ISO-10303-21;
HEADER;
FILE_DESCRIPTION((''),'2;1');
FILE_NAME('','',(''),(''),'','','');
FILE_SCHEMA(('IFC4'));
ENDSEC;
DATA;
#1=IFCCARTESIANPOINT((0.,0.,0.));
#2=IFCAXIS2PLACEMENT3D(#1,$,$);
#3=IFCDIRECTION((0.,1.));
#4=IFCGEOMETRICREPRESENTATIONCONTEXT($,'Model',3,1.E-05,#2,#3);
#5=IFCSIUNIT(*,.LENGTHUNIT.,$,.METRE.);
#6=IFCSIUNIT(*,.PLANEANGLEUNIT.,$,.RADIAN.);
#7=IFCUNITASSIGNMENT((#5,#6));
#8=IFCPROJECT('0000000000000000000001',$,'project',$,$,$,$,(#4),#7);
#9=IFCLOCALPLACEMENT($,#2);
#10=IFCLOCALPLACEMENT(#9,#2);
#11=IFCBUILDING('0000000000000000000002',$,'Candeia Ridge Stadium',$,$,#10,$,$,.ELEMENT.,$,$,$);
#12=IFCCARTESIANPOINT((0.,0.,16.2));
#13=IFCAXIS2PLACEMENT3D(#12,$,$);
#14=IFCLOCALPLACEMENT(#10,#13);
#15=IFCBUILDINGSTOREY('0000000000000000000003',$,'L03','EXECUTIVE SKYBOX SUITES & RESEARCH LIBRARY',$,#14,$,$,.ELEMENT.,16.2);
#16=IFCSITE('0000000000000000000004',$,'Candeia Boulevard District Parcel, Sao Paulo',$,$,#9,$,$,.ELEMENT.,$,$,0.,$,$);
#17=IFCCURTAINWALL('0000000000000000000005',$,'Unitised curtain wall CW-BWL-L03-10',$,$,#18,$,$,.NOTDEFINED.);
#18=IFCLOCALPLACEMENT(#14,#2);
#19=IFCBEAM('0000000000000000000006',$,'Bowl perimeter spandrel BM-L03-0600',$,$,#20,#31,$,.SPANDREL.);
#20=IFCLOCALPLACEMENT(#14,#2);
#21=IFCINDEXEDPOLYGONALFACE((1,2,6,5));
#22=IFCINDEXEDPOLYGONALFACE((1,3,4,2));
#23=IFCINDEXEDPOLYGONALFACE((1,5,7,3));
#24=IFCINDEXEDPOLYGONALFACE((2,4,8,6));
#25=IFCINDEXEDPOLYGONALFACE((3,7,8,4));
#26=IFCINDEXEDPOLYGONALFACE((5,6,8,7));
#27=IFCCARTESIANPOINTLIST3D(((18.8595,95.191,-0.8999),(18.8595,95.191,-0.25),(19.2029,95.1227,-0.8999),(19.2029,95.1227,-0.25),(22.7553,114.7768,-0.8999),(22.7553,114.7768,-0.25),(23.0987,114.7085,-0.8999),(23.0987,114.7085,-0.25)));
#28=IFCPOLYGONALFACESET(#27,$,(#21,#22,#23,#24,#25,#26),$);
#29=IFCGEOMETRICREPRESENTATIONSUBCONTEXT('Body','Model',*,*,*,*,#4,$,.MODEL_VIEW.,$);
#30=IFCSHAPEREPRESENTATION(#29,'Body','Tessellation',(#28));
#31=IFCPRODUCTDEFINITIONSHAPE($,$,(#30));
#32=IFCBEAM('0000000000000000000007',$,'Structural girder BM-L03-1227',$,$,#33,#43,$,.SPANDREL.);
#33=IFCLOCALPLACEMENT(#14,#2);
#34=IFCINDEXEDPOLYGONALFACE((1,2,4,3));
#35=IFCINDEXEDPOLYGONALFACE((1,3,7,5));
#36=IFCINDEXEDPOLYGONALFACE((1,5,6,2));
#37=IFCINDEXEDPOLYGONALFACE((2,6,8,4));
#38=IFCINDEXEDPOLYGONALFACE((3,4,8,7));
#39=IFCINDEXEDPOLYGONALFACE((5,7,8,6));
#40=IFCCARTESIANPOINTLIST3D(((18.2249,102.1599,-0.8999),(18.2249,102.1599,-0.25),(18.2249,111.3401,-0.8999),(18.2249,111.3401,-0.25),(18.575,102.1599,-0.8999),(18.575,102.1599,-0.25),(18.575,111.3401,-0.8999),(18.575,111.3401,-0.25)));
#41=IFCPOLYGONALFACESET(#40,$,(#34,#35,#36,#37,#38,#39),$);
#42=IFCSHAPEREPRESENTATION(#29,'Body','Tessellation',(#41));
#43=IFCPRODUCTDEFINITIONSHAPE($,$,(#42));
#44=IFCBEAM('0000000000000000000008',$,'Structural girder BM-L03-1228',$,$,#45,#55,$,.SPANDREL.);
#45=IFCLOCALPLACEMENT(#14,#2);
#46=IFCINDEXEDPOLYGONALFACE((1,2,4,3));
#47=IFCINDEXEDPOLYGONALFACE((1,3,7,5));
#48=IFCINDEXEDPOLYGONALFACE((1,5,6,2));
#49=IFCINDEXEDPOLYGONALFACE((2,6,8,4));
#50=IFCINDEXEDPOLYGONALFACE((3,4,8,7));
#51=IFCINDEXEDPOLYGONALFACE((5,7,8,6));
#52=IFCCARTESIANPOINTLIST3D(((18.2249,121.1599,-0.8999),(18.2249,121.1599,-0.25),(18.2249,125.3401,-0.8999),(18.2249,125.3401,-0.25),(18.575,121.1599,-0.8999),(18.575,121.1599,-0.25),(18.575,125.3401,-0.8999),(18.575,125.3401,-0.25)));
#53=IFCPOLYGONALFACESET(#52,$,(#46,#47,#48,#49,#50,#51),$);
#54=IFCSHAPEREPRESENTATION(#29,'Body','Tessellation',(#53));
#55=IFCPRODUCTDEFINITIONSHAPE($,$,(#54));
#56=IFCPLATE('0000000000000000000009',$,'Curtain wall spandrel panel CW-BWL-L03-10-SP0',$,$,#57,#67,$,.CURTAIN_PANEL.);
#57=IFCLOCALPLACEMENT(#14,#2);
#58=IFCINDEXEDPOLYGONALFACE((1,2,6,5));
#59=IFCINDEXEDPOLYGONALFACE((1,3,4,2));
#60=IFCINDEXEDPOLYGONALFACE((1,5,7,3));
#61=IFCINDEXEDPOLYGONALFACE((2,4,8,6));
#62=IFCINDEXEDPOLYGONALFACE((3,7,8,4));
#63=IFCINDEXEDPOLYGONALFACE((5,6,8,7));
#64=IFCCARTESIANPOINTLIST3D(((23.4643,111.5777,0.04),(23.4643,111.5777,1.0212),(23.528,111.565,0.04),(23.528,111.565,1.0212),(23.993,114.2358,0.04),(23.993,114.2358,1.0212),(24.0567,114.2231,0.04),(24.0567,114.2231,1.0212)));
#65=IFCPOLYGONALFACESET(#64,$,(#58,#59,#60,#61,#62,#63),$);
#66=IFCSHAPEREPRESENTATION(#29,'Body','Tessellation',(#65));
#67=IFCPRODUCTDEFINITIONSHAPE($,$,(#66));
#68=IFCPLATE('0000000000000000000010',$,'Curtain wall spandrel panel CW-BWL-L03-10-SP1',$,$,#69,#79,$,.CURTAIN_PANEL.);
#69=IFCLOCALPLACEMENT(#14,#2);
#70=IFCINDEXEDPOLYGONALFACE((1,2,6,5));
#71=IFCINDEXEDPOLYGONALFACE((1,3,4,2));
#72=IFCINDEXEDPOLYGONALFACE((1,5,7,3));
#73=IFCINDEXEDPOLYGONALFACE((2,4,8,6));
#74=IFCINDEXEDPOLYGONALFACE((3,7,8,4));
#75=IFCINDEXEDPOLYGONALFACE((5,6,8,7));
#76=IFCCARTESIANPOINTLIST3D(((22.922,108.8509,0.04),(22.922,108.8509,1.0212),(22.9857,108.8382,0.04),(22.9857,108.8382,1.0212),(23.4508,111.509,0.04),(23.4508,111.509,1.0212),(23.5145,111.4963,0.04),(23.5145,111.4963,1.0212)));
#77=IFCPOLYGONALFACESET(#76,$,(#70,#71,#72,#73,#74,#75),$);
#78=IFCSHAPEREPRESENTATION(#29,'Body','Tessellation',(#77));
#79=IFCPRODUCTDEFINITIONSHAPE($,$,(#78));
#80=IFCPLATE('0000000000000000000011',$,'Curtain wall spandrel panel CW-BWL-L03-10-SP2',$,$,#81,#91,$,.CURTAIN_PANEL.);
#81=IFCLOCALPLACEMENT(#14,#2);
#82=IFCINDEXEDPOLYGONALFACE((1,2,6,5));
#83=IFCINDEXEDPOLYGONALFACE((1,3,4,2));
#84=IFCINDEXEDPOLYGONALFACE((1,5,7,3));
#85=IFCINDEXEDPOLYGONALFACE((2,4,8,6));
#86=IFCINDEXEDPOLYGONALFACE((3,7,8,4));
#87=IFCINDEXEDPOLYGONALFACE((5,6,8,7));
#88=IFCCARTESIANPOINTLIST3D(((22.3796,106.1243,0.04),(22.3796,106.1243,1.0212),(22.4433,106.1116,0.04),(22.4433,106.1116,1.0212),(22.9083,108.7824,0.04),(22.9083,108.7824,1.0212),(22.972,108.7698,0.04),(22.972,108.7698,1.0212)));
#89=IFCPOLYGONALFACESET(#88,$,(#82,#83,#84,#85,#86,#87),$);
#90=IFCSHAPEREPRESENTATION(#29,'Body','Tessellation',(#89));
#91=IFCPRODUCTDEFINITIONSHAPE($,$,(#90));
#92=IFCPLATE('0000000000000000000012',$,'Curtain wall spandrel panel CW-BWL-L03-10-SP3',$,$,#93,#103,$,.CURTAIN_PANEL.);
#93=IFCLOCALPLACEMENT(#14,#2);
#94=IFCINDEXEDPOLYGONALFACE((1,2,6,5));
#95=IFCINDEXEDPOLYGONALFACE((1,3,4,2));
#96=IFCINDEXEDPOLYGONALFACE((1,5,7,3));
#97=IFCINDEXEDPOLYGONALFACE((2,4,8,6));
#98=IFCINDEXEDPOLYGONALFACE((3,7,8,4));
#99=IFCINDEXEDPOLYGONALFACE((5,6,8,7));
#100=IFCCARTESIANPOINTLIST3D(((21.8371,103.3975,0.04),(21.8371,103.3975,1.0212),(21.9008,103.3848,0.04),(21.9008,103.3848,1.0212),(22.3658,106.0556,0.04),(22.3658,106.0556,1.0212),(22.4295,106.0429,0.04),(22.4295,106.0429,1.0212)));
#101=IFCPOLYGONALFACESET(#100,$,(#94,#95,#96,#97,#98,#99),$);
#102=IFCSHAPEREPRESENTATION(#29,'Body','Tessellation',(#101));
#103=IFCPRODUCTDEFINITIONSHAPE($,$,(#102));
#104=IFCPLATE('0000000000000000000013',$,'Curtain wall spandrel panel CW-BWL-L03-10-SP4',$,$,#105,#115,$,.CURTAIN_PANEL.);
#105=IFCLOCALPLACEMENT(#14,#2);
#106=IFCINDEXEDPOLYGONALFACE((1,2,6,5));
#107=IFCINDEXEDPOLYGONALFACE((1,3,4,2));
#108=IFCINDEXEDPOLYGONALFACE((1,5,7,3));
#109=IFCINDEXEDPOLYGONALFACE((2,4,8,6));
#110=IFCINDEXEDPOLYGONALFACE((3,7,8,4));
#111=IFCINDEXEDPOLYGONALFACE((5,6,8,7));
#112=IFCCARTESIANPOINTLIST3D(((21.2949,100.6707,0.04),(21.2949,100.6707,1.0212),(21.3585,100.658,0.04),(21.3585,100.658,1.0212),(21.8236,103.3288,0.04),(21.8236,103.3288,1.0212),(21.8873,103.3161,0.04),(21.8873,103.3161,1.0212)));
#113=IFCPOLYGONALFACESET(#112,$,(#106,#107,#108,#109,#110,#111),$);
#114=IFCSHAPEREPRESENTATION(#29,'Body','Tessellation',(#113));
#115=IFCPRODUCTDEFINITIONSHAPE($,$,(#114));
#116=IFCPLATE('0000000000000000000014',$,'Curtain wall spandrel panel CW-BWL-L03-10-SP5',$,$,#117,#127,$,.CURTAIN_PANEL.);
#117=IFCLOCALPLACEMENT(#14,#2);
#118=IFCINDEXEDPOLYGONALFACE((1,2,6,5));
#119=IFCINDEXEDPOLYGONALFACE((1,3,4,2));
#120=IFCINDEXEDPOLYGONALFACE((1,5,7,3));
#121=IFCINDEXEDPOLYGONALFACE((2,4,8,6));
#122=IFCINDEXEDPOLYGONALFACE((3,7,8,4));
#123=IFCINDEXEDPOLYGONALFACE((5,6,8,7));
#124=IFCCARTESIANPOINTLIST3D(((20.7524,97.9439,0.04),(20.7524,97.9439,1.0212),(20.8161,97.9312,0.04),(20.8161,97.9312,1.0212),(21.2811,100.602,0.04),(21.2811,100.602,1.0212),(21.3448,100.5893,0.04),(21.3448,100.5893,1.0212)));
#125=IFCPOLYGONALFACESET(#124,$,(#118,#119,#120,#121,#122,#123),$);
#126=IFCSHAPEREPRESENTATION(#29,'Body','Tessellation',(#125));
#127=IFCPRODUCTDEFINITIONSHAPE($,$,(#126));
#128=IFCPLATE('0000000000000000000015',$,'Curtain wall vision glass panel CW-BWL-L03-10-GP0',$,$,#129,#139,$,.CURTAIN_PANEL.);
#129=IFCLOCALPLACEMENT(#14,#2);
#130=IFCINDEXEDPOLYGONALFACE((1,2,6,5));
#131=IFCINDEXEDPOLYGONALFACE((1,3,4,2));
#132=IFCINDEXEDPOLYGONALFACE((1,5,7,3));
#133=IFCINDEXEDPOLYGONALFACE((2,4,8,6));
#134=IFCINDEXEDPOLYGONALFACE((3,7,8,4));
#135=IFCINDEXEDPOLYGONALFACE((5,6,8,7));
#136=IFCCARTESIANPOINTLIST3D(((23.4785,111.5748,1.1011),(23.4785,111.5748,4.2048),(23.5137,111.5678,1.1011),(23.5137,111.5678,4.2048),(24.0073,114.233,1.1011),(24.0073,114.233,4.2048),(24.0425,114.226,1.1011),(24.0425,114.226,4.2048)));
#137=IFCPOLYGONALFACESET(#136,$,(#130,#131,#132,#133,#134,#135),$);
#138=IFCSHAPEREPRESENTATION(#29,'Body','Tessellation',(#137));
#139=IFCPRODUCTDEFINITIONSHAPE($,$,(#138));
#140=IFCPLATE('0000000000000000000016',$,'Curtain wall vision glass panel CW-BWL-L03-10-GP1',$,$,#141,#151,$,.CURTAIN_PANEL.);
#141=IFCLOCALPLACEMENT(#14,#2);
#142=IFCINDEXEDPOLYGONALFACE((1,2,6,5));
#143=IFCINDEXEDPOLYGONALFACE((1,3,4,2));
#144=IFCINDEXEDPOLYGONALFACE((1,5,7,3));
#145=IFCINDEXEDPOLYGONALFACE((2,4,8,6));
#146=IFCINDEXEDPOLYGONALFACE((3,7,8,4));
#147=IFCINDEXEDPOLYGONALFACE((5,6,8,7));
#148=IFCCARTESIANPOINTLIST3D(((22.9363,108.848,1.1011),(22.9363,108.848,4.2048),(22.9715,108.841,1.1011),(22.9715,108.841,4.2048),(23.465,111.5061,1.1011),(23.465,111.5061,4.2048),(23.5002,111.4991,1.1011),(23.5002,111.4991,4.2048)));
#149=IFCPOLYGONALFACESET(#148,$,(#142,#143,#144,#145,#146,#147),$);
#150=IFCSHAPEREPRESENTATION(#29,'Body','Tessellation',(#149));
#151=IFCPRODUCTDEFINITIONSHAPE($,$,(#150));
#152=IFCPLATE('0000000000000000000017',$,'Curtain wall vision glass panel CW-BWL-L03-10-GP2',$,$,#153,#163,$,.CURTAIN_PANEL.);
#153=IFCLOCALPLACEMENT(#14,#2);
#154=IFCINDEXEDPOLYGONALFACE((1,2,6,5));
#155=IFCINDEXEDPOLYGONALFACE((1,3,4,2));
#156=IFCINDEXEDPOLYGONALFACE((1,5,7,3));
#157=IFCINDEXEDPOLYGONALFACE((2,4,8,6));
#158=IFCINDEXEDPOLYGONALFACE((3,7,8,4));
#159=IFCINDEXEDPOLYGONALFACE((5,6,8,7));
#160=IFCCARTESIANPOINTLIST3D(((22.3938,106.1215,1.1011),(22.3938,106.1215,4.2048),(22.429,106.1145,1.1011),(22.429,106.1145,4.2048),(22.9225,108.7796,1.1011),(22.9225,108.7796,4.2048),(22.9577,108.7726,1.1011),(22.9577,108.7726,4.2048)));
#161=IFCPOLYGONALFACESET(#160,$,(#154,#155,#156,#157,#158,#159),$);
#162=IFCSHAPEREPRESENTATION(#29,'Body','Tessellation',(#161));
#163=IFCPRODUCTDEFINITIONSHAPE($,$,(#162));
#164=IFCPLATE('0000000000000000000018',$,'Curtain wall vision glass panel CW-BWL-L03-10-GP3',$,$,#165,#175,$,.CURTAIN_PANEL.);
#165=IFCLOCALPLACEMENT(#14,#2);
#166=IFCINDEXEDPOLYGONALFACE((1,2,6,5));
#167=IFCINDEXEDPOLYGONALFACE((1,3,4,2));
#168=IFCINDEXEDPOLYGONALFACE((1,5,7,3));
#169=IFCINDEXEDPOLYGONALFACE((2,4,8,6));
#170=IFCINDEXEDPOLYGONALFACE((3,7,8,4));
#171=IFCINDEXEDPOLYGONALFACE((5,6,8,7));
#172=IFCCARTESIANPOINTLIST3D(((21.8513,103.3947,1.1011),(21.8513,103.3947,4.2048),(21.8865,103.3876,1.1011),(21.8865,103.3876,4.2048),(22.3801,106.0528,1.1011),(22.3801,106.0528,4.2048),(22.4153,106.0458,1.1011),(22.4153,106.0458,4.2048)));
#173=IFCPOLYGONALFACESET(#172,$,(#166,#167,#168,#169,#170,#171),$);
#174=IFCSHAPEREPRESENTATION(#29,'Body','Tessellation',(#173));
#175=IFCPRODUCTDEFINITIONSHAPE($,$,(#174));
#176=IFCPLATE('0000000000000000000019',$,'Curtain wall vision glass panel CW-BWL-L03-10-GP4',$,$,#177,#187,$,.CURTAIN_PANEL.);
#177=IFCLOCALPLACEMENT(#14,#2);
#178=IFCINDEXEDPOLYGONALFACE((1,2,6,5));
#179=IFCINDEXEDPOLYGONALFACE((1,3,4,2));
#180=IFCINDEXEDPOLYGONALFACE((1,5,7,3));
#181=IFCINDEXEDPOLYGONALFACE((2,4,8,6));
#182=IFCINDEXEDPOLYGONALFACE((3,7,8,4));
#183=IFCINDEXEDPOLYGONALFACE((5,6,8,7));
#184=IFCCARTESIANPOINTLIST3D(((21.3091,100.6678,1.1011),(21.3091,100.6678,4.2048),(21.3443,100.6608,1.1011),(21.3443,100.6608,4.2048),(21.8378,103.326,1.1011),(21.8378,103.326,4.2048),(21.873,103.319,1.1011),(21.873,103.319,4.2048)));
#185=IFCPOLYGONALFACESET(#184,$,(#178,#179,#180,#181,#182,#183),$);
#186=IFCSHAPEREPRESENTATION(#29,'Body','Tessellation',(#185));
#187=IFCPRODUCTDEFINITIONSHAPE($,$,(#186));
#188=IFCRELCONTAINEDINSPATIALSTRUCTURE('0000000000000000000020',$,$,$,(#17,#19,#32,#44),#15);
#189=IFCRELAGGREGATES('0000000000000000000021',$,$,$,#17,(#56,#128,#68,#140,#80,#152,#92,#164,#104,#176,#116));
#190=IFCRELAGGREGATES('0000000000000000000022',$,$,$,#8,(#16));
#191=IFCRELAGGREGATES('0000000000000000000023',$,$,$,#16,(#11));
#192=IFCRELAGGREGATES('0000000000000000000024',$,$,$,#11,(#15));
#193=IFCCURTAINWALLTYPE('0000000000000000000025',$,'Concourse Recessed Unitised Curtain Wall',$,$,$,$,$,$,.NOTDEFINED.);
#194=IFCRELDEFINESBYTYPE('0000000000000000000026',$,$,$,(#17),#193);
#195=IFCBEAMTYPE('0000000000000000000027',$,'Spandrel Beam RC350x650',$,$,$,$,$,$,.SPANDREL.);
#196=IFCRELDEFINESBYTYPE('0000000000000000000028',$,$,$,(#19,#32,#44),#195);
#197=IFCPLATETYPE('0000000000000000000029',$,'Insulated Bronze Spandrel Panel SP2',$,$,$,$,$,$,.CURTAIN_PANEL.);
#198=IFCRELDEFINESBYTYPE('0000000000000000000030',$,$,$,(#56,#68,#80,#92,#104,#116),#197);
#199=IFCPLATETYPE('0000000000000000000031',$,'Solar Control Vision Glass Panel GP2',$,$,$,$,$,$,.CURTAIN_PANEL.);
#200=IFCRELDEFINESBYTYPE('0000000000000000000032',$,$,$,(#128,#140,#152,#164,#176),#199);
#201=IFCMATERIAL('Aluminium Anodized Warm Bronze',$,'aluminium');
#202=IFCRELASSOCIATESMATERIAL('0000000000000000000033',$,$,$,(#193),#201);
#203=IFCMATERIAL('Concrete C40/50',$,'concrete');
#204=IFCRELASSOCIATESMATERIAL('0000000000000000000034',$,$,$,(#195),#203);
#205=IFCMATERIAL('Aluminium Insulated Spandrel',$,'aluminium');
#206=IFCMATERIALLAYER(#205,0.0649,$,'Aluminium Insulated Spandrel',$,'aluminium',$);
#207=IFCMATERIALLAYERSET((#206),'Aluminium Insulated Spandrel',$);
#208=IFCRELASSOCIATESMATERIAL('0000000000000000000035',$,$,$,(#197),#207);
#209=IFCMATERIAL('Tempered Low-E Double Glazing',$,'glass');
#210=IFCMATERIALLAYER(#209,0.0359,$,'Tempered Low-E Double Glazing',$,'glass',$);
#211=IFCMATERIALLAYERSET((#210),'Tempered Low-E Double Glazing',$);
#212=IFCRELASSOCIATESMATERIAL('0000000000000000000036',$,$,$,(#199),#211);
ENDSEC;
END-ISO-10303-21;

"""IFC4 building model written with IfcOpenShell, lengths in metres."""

from ifc_helpers import new_model, si_unit, direction, frame, origin, origin_2d, place, context, subcontext, project, spatial, rectangle, extrude, material, layer, layer_set, material_profile, profile_set, type_object, element, aggregate, save


model = new_model("IFC4")

# Units and contexts
model_context = context("Model", 3, precision=1e-05, world=origin(), true_north=direction((0.0, 1.0)))
body_context = subcontext(model_context, "Body", "Model", "MODEL_VIEW")
ifc_project = project(units=[si_unit("LENGTHUNIT", "METRE"), si_unit("PLANEANGLEUNIT", "RADIAN")], contexts=[model_context])

# Site, building, storey
site_placement = place(None, origin())
site = spatial("IfcSite", under=ifc_project, at=site_placement, Name="Candeia Boulevard District Parcel, Sao Paulo", CompositionType="ELEMENT", RefElevation=0.0)
building_placement = place(site_placement, origin())
building = spatial("IfcBuilding", under=site, at=building_placement, Name="Candeia Ridge Stadium", CompositionType="ELEMENT")
storey_placement = place(building_placement, frame((0.0, 0.0, 16.2)))
storey = spatial("IfcBuildingStorey", under=building, at=storey_placement, Name="L03", Description="EXECUTIVE SKYBOX SUITES & RESEARCH LIBRARY", CompositionType="ELEMENT", Elevation=16.2)

# Shared definitions
ifc_material_1 = material(Name="Concrete C40/50", Category="concrete")

# Curtain wall
ifc_material_2 = material(Name="Aluminium Anodized Warm Bronze", Category="aluminium")
curtain_wall_type = type_object("IfcCurtainWallType", Name="Concourse Recessed Unitised Curtain Wall", PredefinedType="NOTDEFINED", material=ifc_material_2)
curtain_wall_placement = place(storey_placement, origin())
curtain_wall = element("IfcCurtainWall", 1, at=curtain_wall_placement, inside=storey, type_object=curtain_wall_type, Name="Unitised curtain wall CW-BWL-L03-10", PredefinedType="NOTDEFINED")

# Beams
ifc_material_profile_1 = material_profile(ifc_material_1, rectangle(XDim=0.3501, YDim=0.6499, at=origin_2d()), Name="RC350x650", Category="concrete")
ifc_profile_set_1 = profile_set([ifc_material_profile_1], Name="Concrete C40/50")
beam_type = type_object("IfcBeamType", Name="Spandrel Beam RC350x650", PredefinedType="SPANDREL", material=ifc_profile_set_1)
beam_1_placement = place(storey_placement, frame((22.927, 114.7427, -0.575), z_axis=(-0.195086, -0.980786, 0.0), x_axis=(0.980786, -0.195086, 0.0)))
element("IfcBeam", 2, at=beam_1_placement, inside=storey, type_object=beam_type, Name="Bowl perimeter spandrel BM-L03-0600", PredefinedType="SPANDREL", context=body_context, shape_type="SweptSolid", body=[
    extrude(rectangle(XDim=0.3501, YDim=0.6499, at=origin_2d()), origin(), (0.0, 0.0, 1.0), 19.9695),
])
beam_2_placement = place(storey_placement, frame((18.3999, 102.1599, -0.575), z_axis=(0.0, 1.0, 0.0), x_axis=(-1.0, 0.0, 0.0)))
element("IfcBeam", 3, at=beam_2_placement, inside=storey, type_object=beam_type, Name="Structural girder BM-L03-1227", PredefinedType="SPANDREL", context=body_context, shape_type="SweptSolid", body=[
    extrude(rectangle(XDim=0.3501, YDim=0.6499, at=origin_2d()), origin(), (0.0, 0.0, 1.0), 9.1802),
])
beam_3_placement = place(storey_placement, frame((18.3999, 121.1599, -0.575), z_axis=(0.0, 1.0, 0.0), x_axis=(-1.0, 0.0, 0.0)))
element("IfcBeam", 4, at=beam_3_placement, inside=storey, type_object=beam_type, Name="Structural girder BM-L03-1228", PredefinedType="SPANDREL", context=body_context, shape_type="SweptSolid", body=[
    extrude(rectangle(XDim=0.3501, YDim=0.6499, at=origin_2d()), origin(), (0.0, 0.0, 1.0), 4.1802),
])

# Plates
ifc_material_3 = material(Name="Aluminium Insulated Spandrel", Category="aluminium")
ifc_layer_1 = layer(ifc_material_3, 0.0649, Name="Aluminium Insulated Spandrel", Category="aluminium")
ifc_layer_set_1 = layer_set([ifc_layer_1], Name="Aluminium Insulated Spandrel")
plate_type_1 = type_object("IfcPlateType", Name="Insulated Bronze Spandrel Panel SP2", PredefinedType="CURTAIN_PANEL", material=ifc_layer_set_1)
plate_1_placement = place(storey_placement, frame((23.7605, 112.9004, 0.04), z_axis=(0.0, 0.0, 1.0), x_axis=(-0.19509, -0.980785, 0.0)))
plate_1 = element("IfcPlate", 5, at=plate_1_placement, type_object=plate_type_1, Name="Curtain wall spandrel panel CW-BWL-L03-10-SP0", PredefinedType="CURTAIN_PANEL", context=body_context, shape_type="SweptSolid", body=[
    extrude(rectangle(XDim=2.7102, YDim=0.0649, at=origin_2d()), origin(), (0.0, 0.0, 1.0), 0.9812),
])
plate_2_placement = place(storey_placement, frame((23.2183, 110.1736, 0.04), z_axis=(0.0, 0.0, 1.0), x_axis=(-0.19509, -0.980785, 0.0)))
plate_2 = element("IfcPlate", 6, at=plate_2_placement, type_object=plate_type_1, Name="Curtain wall spandrel panel CW-BWL-L03-10-SP1", PredefinedType="CURTAIN_PANEL", context=body_context, shape_type="SweptSolid", body=[
    extrude(rectangle(XDim=2.7102, YDim=0.0649, at=origin_2d()), origin(), (0.0, 0.0, 1.0), 0.9812),
])
plate_3_placement = place(storey_placement, frame((22.6758, 107.447, 0.04), z_axis=(0.0, 0.0, 1.0), x_axis=(-0.19509, -0.980785, 0.0)))
plate_3 = element("IfcPlate", 7, at=plate_3_placement, type_object=plate_type_1, Name="Curtain wall spandrel panel CW-BWL-L03-10-SP2", PredefinedType="CURTAIN_PANEL", context=body_context, shape_type="SweptSolid", body=[
    extrude(rectangle(XDim=2.7102, YDim=0.0649, at=origin_2d()), origin(), (0.0, 0.0, 1.0), 0.9812),
])
plate_4_placement = place(storey_placement, frame((22.1333, 104.7202, 0.04), z_axis=(0.0, 0.0, 1.0), x_axis=(-0.19509, -0.980785, 0.0)))
plate_4 = element("IfcPlate", 8, at=plate_4_placement, type_object=plate_type_1, Name="Curtain wall spandrel panel CW-BWL-L03-10-SP3", PredefinedType="CURTAIN_PANEL", context=body_context, shape_type="SweptSolid", body=[
    extrude(rectangle(XDim=2.7102, YDim=0.0649, at=origin_2d()), origin(), (0.0, 0.0, 1.0), 0.9812),
])
plate_5_placement = place(storey_placement, frame((21.5911, 101.9934, 0.04), z_axis=(0.0, 0.0, 1.0), x_axis=(-0.19509, -0.980785, 0.0)))
plate_5 = element("IfcPlate", 9, at=plate_5_placement, type_object=plate_type_1, Name="Curtain wall spandrel panel CW-BWL-L03-10-SP4", PredefinedType="CURTAIN_PANEL", context=body_context, shape_type="SweptSolid", body=[
    extrude(rectangle(XDim=2.7102, YDim=0.0649, at=origin_2d()), origin(), (0.0, 0.0, 1.0), 0.9812),
])
plate_6_placement = place(storey_placement, frame((21.0486, 99.2666, 0.04), z_axis=(0.0, 0.0, 1.0), x_axis=(-0.19509, -0.980785, 0.0)))
plate_6 = element("IfcPlate", 10, at=plate_6_placement, type_object=plate_type_1, Name="Curtain wall spandrel panel CW-BWL-L03-10-SP5", PredefinedType="CURTAIN_PANEL", context=body_context, shape_type="SweptSolid", body=[
    extrude(rectangle(XDim=2.7102, YDim=0.0649, at=origin_2d()), origin(), (0.0, 0.0, 1.0), 0.9812),
])
ifc_material_4 = material(Name="Tempered Low-E Double Glazing", Category="glass")
ifc_layer_2 = layer(ifc_material_4, 0.0359, Name="Tempered Low-E Double Glazing", Category="glass")
ifc_layer_set_2 = layer_set([ifc_layer_2], Name="Tempered Low-E Double Glazing")
plate_type_2 = type_object("IfcPlateType", Name="Solar Control Vision Glass Panel GP2", PredefinedType="CURTAIN_PANEL", material=ifc_layer_set_2)
plate_7_placement = place(storey_placement, frame((23.7605, 112.9004, 1.1011), z_axis=(0.0, 0.0, 1.0), x_axis=(-0.19509, -0.980785, 0.0)))
plate_7 = element("IfcPlate", 11, at=plate_7_placement, type_object=plate_type_2, Name="Curtain wall vision glass panel CW-BWL-L03-10-GP0", PredefinedType="CURTAIN_PANEL", context=body_context, shape_type="SweptSolid", body=[
    extrude(rectangle(XDim=2.7102, YDim=0.0359, at=origin_2d()), origin(), (0.0, 0.0, 1.0), 3.1038),
])
plate_8_placement = place(storey_placement, frame((23.2183, 110.1736, 1.1011), z_axis=(0.0, 0.0, 1.0), x_axis=(-0.19509, -0.980785, 0.0)))
plate_8 = element("IfcPlate", 12, at=plate_8_placement, type_object=plate_type_2, Name="Curtain wall vision glass panel CW-BWL-L03-10-GP1", PredefinedType="CURTAIN_PANEL", context=body_context, shape_type="SweptSolid", body=[
    extrude(rectangle(XDim=2.7102, YDim=0.0359, at=origin_2d()), origin(), (0.0, 0.0, 1.0), 3.1038),
])
plate_9_placement = place(storey_placement, frame((22.6758, 107.447, 1.1011), z_axis=(0.0, 0.0, 1.0), x_axis=(-0.19509, -0.980785, 0.0)))
plate_9 = element("IfcPlate", 13, at=plate_9_placement, type_object=plate_type_2, Name="Curtain wall vision glass panel CW-BWL-L03-10-GP2", PredefinedType="CURTAIN_PANEL", context=body_context, shape_type="SweptSolid", body=[
    extrude(rectangle(XDim=2.7102, YDim=0.0359, at=origin_2d()), origin(), (0.0, 0.0, 1.0), 3.1038),
])
plate_10_placement = place(storey_placement, frame((22.1333, 104.7202, 1.1011), z_axis=(0.0, 0.0, 1.0), x_axis=(-0.19509, -0.980785, 0.0)))
plate_10 = element("IfcPlate", 14, at=plate_10_placement, type_object=plate_type_2, Name="Curtain wall vision glass panel CW-BWL-L03-10-GP3", PredefinedType="CURTAIN_PANEL", context=body_context, shape_type="SweptSolid", body=[
    extrude(rectangle(XDim=2.7102, YDim=0.0359, at=origin_2d()), origin(), (0.0, 0.0, 1.0), 3.1038),
])
plate_11_placement = place(storey_placement, frame((21.5911, 101.9934, 1.1011), z_axis=(0.0, 0.0, 1.0), x_axis=(-0.19509, -0.980785, 0.0)))
plate_11 = element("IfcPlate", 15, at=plate_11_placement, type_object=plate_type_2, Name="Curtain wall vision glass panel CW-BWL-L03-10-GP4", PredefinedType="CURTAIN_PANEL", context=body_context, shape_type="SweptSolid", body=[
    extrude(rectangle(XDim=2.7102, YDim=0.0359, at=origin_2d()), origin(), (0.0, 0.0, 1.0), 3.1038),
])
aggregate(curtain_wall, [plate_1, plate_7, plate_2, plate_8, plate_3, plate_9, plate_4, plate_10, plate_5, plate_11, plate_6])

save(model, "model.ifc")
